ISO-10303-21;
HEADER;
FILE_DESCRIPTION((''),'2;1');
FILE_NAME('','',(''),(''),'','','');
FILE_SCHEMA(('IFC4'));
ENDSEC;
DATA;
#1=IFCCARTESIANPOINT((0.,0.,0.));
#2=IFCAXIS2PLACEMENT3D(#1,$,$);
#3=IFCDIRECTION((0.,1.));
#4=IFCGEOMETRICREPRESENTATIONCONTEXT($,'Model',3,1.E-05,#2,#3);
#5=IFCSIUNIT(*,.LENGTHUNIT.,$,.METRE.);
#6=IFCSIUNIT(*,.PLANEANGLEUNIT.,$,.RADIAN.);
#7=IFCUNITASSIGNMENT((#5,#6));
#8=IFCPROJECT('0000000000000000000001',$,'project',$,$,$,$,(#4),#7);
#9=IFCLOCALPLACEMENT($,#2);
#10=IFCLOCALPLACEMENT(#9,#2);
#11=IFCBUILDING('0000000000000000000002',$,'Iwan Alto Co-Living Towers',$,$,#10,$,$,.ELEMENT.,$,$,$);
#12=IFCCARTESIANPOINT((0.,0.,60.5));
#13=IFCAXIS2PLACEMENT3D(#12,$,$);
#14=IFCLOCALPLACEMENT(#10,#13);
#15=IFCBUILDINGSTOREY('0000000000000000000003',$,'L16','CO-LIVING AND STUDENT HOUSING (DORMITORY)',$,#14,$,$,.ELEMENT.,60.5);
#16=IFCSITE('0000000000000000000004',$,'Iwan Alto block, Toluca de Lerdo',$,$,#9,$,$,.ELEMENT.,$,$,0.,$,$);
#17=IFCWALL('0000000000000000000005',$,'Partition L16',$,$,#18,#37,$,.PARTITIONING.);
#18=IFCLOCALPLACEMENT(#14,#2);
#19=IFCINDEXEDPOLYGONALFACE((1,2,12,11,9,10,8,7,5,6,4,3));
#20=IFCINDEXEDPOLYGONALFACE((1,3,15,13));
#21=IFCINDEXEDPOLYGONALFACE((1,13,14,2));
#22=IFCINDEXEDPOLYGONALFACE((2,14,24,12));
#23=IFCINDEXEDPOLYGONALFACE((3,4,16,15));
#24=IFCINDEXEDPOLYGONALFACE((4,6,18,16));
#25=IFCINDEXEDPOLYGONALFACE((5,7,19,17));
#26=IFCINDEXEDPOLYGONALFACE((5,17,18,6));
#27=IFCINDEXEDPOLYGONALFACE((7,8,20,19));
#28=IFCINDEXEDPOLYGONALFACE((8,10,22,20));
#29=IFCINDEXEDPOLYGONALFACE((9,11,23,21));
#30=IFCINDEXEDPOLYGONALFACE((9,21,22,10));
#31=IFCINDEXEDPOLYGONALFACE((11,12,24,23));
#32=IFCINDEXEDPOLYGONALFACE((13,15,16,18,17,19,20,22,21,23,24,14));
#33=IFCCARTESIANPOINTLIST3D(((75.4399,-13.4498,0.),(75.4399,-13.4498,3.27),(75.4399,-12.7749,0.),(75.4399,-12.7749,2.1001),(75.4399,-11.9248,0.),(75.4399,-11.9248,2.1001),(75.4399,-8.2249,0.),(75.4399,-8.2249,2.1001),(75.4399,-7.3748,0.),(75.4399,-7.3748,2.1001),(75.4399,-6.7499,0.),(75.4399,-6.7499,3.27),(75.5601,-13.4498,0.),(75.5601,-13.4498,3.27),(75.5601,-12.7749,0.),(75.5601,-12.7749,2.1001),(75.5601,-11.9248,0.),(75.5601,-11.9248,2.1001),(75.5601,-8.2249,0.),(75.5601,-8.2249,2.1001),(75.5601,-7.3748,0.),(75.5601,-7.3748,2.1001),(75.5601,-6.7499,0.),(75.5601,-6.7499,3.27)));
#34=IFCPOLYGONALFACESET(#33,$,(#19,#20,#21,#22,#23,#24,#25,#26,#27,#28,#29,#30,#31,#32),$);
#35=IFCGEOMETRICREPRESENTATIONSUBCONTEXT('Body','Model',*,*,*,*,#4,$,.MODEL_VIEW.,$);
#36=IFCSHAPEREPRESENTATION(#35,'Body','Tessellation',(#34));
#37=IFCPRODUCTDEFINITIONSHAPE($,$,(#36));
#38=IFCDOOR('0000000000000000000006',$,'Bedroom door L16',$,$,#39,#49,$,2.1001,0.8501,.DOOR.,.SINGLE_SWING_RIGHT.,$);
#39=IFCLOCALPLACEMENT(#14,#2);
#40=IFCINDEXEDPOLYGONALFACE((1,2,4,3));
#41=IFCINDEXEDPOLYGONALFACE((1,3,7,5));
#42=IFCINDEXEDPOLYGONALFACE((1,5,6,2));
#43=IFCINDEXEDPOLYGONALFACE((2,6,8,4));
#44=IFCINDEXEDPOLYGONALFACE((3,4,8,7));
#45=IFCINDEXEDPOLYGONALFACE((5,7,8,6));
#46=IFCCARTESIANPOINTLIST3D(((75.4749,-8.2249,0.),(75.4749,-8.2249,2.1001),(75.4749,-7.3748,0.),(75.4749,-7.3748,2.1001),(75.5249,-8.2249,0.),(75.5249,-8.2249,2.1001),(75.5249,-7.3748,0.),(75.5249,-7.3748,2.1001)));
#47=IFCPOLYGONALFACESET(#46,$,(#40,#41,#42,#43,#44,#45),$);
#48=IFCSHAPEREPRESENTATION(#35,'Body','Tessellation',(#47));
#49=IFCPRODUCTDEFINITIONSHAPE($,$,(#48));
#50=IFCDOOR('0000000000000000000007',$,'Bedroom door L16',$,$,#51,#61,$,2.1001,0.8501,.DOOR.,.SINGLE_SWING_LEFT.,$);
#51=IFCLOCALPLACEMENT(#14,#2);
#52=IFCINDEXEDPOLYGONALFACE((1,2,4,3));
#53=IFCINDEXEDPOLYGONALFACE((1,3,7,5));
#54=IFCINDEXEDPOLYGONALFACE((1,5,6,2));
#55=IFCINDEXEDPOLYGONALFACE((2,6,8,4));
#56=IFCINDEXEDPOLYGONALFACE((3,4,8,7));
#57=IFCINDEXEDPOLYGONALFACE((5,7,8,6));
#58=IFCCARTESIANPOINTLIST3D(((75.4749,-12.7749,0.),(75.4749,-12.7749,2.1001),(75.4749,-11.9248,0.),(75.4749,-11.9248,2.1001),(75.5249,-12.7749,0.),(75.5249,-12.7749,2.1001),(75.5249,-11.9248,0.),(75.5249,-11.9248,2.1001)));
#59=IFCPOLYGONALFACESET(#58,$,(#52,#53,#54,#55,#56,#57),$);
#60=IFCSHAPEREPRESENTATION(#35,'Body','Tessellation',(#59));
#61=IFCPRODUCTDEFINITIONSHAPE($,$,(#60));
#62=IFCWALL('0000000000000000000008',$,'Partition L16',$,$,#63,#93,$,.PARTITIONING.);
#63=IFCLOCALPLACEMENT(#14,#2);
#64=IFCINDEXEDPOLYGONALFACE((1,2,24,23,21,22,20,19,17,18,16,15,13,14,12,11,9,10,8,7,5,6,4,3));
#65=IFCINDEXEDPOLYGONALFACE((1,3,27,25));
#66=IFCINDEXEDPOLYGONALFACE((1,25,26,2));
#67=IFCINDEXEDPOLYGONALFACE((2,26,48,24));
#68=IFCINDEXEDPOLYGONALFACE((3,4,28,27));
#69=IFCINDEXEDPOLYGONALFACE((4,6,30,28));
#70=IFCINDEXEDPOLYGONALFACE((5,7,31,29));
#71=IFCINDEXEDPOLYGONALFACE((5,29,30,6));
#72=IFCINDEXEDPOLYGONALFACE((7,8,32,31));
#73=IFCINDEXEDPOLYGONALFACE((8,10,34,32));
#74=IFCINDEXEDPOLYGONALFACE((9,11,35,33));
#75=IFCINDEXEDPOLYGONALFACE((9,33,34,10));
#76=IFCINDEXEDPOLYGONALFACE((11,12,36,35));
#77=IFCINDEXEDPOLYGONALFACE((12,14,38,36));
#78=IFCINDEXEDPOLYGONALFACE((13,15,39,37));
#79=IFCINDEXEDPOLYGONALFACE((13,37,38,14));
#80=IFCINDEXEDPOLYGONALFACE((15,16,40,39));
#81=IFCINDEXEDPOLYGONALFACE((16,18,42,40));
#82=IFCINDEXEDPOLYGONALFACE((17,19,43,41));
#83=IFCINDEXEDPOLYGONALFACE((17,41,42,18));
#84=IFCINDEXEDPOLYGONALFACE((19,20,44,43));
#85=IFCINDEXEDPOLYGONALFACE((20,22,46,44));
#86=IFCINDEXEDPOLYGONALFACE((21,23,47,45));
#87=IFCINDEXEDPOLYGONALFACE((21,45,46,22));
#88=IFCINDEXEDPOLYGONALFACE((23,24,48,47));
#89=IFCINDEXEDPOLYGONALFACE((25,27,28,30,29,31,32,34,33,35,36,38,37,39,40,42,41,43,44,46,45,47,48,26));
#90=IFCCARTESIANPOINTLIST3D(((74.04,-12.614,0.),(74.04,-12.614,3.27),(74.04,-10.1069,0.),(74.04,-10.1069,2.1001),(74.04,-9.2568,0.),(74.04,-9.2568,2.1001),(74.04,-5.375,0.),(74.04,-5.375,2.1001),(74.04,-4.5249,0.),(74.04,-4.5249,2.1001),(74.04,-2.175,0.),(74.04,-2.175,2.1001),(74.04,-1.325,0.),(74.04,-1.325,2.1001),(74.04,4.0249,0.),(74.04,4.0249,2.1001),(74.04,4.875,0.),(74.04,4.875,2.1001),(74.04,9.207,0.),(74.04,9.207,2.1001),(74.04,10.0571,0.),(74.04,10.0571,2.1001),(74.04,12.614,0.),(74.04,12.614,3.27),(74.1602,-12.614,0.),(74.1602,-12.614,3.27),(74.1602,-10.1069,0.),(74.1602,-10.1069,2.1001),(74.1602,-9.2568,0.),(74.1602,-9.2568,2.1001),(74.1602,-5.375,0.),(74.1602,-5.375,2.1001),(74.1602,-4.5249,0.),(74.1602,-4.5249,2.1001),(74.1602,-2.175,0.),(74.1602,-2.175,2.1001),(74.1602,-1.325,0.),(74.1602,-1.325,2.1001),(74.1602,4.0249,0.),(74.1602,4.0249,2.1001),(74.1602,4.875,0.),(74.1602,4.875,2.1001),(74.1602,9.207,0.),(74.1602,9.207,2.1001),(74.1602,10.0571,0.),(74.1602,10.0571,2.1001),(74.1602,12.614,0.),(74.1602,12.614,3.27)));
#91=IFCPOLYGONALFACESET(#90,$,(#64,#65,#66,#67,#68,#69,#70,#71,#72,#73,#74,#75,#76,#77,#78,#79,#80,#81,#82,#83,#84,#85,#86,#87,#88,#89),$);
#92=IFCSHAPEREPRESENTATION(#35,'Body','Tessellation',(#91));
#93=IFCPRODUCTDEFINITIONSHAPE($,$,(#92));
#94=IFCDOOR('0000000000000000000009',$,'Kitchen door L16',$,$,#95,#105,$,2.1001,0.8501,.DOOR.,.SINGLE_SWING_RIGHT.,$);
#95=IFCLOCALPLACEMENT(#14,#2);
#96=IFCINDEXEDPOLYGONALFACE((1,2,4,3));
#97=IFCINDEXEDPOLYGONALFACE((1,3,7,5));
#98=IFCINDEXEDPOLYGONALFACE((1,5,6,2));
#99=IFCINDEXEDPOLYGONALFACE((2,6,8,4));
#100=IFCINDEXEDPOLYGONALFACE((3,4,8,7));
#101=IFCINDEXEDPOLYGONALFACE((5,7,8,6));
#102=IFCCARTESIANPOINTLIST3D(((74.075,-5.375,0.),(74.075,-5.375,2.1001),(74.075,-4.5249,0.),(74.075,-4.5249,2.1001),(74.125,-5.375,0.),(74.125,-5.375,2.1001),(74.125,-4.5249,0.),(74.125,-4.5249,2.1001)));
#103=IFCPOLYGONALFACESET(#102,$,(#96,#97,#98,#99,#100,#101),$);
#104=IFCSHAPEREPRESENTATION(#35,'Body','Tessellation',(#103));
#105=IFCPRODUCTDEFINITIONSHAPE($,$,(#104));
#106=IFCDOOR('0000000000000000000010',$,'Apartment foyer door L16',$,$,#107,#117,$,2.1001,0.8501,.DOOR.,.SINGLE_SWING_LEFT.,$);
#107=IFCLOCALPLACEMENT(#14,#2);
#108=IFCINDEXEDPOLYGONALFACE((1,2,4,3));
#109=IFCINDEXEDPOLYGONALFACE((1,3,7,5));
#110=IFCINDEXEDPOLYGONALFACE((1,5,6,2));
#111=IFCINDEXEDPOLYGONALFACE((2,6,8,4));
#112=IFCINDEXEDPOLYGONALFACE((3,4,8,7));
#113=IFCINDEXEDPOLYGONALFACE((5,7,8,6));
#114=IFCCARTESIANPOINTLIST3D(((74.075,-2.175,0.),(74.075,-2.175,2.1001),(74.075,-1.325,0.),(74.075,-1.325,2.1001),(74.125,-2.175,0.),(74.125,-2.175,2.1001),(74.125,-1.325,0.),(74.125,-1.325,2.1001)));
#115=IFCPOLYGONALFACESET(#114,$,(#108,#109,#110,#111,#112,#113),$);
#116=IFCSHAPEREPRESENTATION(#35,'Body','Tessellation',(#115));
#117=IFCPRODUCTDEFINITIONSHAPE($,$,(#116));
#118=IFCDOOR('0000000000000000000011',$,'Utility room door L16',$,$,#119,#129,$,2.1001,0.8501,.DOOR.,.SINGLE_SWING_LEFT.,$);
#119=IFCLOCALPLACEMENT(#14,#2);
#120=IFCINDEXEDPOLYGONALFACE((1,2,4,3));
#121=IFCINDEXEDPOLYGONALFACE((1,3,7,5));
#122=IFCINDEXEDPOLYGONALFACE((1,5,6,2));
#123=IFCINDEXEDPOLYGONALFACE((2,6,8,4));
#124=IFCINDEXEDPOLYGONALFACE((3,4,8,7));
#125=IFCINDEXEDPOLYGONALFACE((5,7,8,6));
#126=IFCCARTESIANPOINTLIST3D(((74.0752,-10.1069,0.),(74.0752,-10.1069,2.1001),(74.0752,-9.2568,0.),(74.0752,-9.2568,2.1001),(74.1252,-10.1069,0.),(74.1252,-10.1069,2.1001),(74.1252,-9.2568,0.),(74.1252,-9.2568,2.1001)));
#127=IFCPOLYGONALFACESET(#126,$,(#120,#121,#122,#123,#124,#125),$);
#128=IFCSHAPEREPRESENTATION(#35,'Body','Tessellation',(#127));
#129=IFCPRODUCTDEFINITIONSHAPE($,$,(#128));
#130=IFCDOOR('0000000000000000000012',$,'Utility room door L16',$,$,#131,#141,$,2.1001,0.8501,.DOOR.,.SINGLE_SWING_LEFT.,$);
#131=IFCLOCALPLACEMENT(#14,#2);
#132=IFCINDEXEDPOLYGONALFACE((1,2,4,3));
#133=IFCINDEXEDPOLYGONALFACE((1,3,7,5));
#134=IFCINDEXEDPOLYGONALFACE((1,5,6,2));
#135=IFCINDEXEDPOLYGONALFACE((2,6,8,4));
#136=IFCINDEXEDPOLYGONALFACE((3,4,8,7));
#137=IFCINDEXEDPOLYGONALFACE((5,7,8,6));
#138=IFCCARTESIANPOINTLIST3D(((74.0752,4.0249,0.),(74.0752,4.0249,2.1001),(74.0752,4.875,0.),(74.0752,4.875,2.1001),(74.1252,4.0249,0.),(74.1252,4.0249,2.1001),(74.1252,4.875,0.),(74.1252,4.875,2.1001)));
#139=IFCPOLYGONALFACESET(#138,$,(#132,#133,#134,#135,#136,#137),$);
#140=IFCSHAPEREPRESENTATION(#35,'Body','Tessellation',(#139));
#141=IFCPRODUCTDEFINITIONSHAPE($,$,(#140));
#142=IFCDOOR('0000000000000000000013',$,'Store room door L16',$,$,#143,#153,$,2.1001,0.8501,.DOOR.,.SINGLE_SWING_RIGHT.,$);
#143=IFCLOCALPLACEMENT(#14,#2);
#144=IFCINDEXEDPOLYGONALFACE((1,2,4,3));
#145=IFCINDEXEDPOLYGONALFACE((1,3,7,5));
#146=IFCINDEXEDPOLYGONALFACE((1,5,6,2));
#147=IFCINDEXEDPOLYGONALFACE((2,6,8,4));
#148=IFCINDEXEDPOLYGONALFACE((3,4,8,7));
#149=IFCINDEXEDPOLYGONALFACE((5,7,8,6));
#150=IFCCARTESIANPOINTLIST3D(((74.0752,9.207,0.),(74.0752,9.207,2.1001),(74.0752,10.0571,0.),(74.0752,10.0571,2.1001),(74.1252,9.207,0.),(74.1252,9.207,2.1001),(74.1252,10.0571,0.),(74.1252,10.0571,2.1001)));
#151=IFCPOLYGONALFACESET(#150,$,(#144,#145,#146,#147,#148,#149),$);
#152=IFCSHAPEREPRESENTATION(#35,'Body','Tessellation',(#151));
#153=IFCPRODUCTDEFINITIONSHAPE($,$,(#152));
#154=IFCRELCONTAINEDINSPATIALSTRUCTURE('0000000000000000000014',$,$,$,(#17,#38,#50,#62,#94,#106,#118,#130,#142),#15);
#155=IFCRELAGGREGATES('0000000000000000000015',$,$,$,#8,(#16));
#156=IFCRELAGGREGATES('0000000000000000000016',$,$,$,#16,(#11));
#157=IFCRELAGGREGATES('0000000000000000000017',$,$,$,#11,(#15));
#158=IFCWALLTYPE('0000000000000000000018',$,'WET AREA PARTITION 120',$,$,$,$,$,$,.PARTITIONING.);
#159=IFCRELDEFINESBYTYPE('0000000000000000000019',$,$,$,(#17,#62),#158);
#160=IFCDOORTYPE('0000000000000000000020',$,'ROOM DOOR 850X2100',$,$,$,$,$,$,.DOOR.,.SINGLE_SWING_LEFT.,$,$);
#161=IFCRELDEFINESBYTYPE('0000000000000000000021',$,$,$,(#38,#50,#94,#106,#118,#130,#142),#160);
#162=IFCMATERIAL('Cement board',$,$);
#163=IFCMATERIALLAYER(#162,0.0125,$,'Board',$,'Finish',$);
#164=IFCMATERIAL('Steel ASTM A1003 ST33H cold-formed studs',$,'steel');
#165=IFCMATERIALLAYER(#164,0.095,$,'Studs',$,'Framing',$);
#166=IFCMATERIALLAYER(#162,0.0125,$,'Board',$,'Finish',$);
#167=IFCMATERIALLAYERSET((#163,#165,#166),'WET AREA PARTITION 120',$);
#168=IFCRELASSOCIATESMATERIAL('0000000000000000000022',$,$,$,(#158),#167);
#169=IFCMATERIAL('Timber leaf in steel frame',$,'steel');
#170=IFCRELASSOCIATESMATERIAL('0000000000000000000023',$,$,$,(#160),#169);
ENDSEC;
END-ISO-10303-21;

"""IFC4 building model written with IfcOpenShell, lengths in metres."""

from ifc_helpers import new_model, si_unit, direction, frame, frame_2d, origin, place, context, subcontext, project, spatial, rectangle, extrude, material, layer, layer_set, type_object, element, fill, save


model = new_model("IFC4")

# Units and contexts
model_context = context("Model", 3, precision=1e-05, world=origin(), true_north=direction((0.0, 1.0)))
body_context = subcontext(model_context, "Body", "Model", "MODEL_VIEW")
ifc_project = project(units=[si_unit("LENGTHUNIT", "METRE"), si_unit("PLANEANGLEUNIT", "RADIAN")], contexts=[model_context])

# Site, building, storey
site_placement = place(None, origin())
site = spatial("IfcSite", under=ifc_project, at=site_placement, Name="Iwan Alto block, Toluca de Lerdo", CompositionType="ELEMENT", RefElevation=0.0)
building_placement = place(site_placement, origin())
building = spatial("IfcBuilding", under=site, at=building_placement, Name="Iwan Alto Co-Living Towers", CompositionType="ELEMENT")
storey_placement = place(building_placement, frame((0.0, 0.0, 60.5)))
storey = spatial("IfcBuildingStorey", under=building, at=storey_placement, Name="L16", Description="CO-LIVING AND STUDENT HOUSING (DORMITORY)", CompositionType="ELEMENT", Elevation=60.5)

# Shared definitions
ifc_material_1 = material(Name="Steel ASTM A1003 ST33H cold-formed studs", Category="steel")
ifc_material_2 = material(Name="Cement board")
ifc_layer_1 = layer(ifc_material_2, 0.0125, Name="Board", Category="Finish")
ifc_layer_2 = layer(ifc_material_1, 0.095, Name="Studs", Category="Framing")
ifc_layer_3 = layer(ifc_material_2, 0.0125, Name="Board", Category="Finish")
ifc_layer_set_1 = layer_set([ifc_layer_1, ifc_layer_2, ifc_layer_3], Name="WET AREA PARTITION 120")
wall_type_1 = type_object("IfcWallType", Name="WET AREA PARTITION 120", PredefinedType="PARTITIONING", material=ifc_layer_set_1)

# Shared definitions
ifc_material_3 = material(Name="Timber leaf in steel frame", Category="steel")
door_type = type_object("IfcDoorType", Name="ROOM DOOR 850X2100", OperationType="SINGLE_SWING_LEFT", PredefinedType="DOOR", material=ifc_material_3)

# Walls, openings, doors
wall_1_placement = place(storey_placement, frame((75.5, -13.45, 0.0), z_axis=(0.0, 0.0, 1.0), x_axis=(0.0, 1.0, 0.0)))
wall_1 = element("IfcWall", 1, at=wall_1_placement, inside=storey, type_object=wall_type_1, Name="Partition L16", PredefinedType="PARTITIONING", context=body_context, shape_type="SweptSolid", body=[
    extrude(rectangle(XDim=6.7, YDim=0.1201, at=frame_2d((3.3501, 0.0))), origin(), (0.0, 0.0, 1.0), 3.27),
])
opening_1_placement = place(wall_1_placement, frame((5.2251, 0.0, 0.0)))
opening_1 = element("IfcOpeningElement", 2, at=opening_1_placement, cuts=wall_1, PredefinedType="OPENING", context=body_context, shape_type="SweptSolid", body=[
    extrude(rectangle(XDim=0.8501, YDim=2.1001, at=frame_2d((0.425, 1.05))), frame((0.0, 0.0701, 0.0), z_axis=(0.0, -1.0, 0.0), x_axis=(1.0, 0.0, 0.0)), (0.0, 0.0, 1.0), 0.1401),
])
opening_2_placement = place(wall_1_placement, frame((0.675, 0.0, 0.0)))
opening_2 = element("IfcOpeningElement", 3, at=opening_2_placement, cuts=wall_1, PredefinedType="OPENING", context=body_context, shape_type="SweptSolid", body=[
    extrude(rectangle(XDim=0.8501, YDim=2.1001, at=frame_2d((0.425, 1.05))), frame((0.0, 0.0701, 0.0), z_axis=(0.0, -1.0, 0.0), x_axis=(1.0, 0.0, 0.0)), (0.0, 0.0, 1.0), 0.1401),
])
door_1_placement = place(opening_1_placement, frame((0.8501, 0.0, 0.0), z_axis=(0.0, 0.0, 1.0), x_axis=(-1.0, 0.0, 0.0)))
door_1 = element("IfcDoor", 4, at=door_1_placement, inside=storey, type_object=door_type, Name="Bedroom door L16", OperationType="SINGLE_SWING_RIGHT", OverallHeight=2.1001, OverallWidth=0.8501, PredefinedType="DOOR", context=body_context, shape_type="SweptSolid", body=[
    extrude(rectangle(XDim=0.8501, YDim=2.1001, at=frame_2d((0.425, 1.05))), frame((0.0, 0.0249, 0.0), z_axis=(0.0, -1.0, 0.0), x_axis=(1.0, 0.0, 0.0)), (0.0, 0.0, 1.0), 0.05),
])
fill(opening_1, door_1)
door_2_placement = place(opening_2_placement, frame((0.8501, 0.0, 0.0), z_axis=(0.0, 0.0, 1.0), x_axis=(-1.0, 0.0, 0.0)))
door_2 = element("IfcDoor", 5, at=door_2_placement, inside=storey, type_object=door_type, Name="Bedroom door L16", OperationType="SINGLE_SWING_LEFT", OverallHeight=2.1001, OverallWidth=0.8501, PredefinedType="DOOR", context=body_context, shape_type="SweptSolid", body=[
    extrude(rectangle(XDim=0.8501, YDim=2.1001, at=frame_2d((0.425, 1.05))), frame((0.0, 0.0249, 0.0), z_axis=(0.0, -1.0, 0.0), x_axis=(1.0, 0.0, 0.0)), (0.0, 0.0, 1.0), 0.05),
])
fill(opening_2, door_2)
wall_2_placement = place(storey_placement, frame((74.1001, -12.614, 0.0), z_axis=(0.0, 0.0, 1.0), x_axis=(0.0, 1.0, 0.0)))
wall_2 = element("IfcWall", 6, at=wall_2_placement, inside=storey, type_object=wall_type_1, Name="Partition L16", PredefinedType="PARTITIONING", context=body_context, shape_type="SweptSolid", body=[
    extrude(rectangle(XDim=25.228, YDim=0.1201, at=frame_2d((12.614, 0.0))), origin(), (0.0, 0.0, 1.0), 3.27),
])
opening_3_placement = place(wall_2_placement, frame((7.239, 0.0, 0.0)))
opening_3 = element("IfcOpeningElement", 7, at=opening_3_placement, cuts=wall_2, PredefinedType="OPENING", context=body_context, shape_type="SweptSolid", body=[
    extrude(rectangle(XDim=0.8501, YDim=2.1001, at=frame_2d((0.425, 1.05))), frame((0.0, 0.0701, 0.0), z_axis=(0.0, -1.0, 0.0), x_axis=(1.0, 0.0, 0.0)), (0.0, 0.0, 1.0), 0.1401),
])
opening_4_placement = place(wall_2_placement, frame((10.439, 0.0, 0.0)))
opening_4 = element("IfcOpeningElement", 8, at=opening_4_placement, cuts=wall_2, PredefinedType="OPENING", context=body_context, shape_type="SweptSolid", body=[
    extrude(rectangle(XDim=0.8501, YDim=2.1001, at=frame_2d((0.425, 1.05))), frame((0.0, 0.0701, 0.0), z_axis=(0.0, -1.0, 0.0), x_axis=(1.0, 0.0, 0.0)), (0.0, 0.0, 1.0), 0.1401),
])
opening_5_placement = place(wall_2_placement, frame((2.5071, 0.0, 0.0)))
opening_5 = element("IfcOpeningElement", 9, at=opening_5_placement, cuts=wall_2, PredefinedType="OPENING", context=body_context, shape_type="SweptSolid", body=[
    extrude(rectangle(XDim=0.8501, YDim=2.1001, at=frame_2d((0.425, 1.05))), frame((0.0, 0.0701, 0.0), z_axis=(0.0, -1.0, 0.0), x_axis=(1.0, 0.0, 0.0)), (0.0, 0.0, 1.0), 0.1401),
])
opening_6_placement = place(wall_2_placement, frame((16.6389, 0.0, 0.0)))
opening_6 = element("IfcOpeningElement", 10, at=opening_6_placement, cuts=wall_2, PredefinedType="OPENING", context=body_context, shape_type="SweptSolid", body=[
    extrude(rectangle(XDim=0.8501, YDim=2.1001, at=frame_2d((0.425, 1.05))), frame((0.0, 0.0701, 0.0), z_axis=(0.0, -1.0, 0.0), x_axis=(1.0, 0.0, 0.0)), (0.0, 0.0, 1.0), 0.1401),
])
opening_7_placement = place(wall_2_placement, frame((21.821, 0.0, 0.0)))
opening_7 = element("IfcOpeningElement", 11, at=opening_7_placement, cuts=wall_2, PredefinedType="OPENING", context=body_context, shape_type="SweptSolid", body=[
    extrude(rectangle(XDim=0.8501, YDim=2.1001, at=frame_2d((0.425, 1.05))), frame((0.0, 0.0701, 0.0), z_axis=(0.0, -1.0, 0.0), x_axis=(1.0, 0.0, 0.0)), (0.0, 0.0, 1.0), 0.1401),
])
door_3_placement = place(opening_3_placement, frame((0.8501, 0.0, 0.0), z_axis=(0.0, 0.0, 1.0), x_axis=(-1.0, 0.0, 0.0)))
door_3 = element("IfcDoor", 12, at=door_3_placement, inside=storey, type_object=door_type, Name="Kitchen door L16", OperationType="SINGLE_SWING_RIGHT", OverallHeight=2.1001, OverallWidth=0.8501, PredefinedType="DOOR", context=body_context, shape_type="SweptSolid", body=[
    extrude(rectangle(XDim=0.8501, YDim=2.1001, at=frame_2d((0.425, 1.05))), frame((0.0, 0.0249, 0.0), z_axis=(0.0, -1.0, 0.0), x_axis=(1.0, 0.0, 0.0)), (0.0, 0.0, 1.0), 0.05),
])
fill(opening_3, door_3)
door_4_placement = place(opening_4_placement, frame((0.8501, 0.0, 0.0), z_axis=(0.0, 0.0, 1.0), x_axis=(-1.0, 0.0, 0.0)))
door_4 = element("IfcDoor", 13, at=door_4_placement, inside=storey, type_object=door_type, Name="Apartment foyer door L16", OperationType="SINGLE_SWING_LEFT", OverallHeight=2.1001, OverallWidth=0.8501, PredefinedType="DOOR", context=body_context, shape_type="SweptSolid", body=[
    extrude(rectangle(XDim=0.8501, YDim=2.1001, at=frame_2d((0.425, 1.05))), frame((0.0, 0.0249, 0.0), z_axis=(0.0, -1.0, 0.0), x_axis=(1.0, 0.0, 0.0)), (0.0, 0.0, 1.0), 0.05),
])
fill(opening_4, door_4)
door_5_placement = place(opening_5_placement, origin())
door_5 = element("IfcDoor", 14, at=door_5_placement, inside=storey, type_object=door_type, Name="Utility room door L16", OperationType="SINGLE_SWING_LEFT", OverallHeight=2.1001, OverallWidth=0.8501, PredefinedType="DOOR", context=body_context, shape_type="SweptSolid", body=[
    extrude(rectangle(XDim=0.8501, YDim=2.1001, at=frame_2d((0.425, 1.05))), frame((0.0, 0.0249, 0.0), z_axis=(0.0, -1.0, 0.0), x_axis=(1.0, 0.0, 0.0)), (0.0, 0.0, 1.0), 0.05),
])
fill(opening_5, door_5)
door_6_placement = place(opening_6_placement, origin())
door_6 = element("IfcDoor", 15, at=door_6_placement, inside=storey, type_object=door_type, Name="Utility room door L16", OperationType="SINGLE_SWING_LEFT", OverallHeight=2.1001, OverallWidth=0.8501, PredefinedType="DOOR", context=body_context, shape_type="SweptSolid", body=[
    extrude(rectangle(XDim=0.8501, YDim=2.1001, at=frame_2d((0.425, 1.05))), frame((0.0, 0.0249, 0.0), z_axis=(0.0, -1.0, 0.0), x_axis=(1.0, 0.0, 0.0)), (0.0, 0.0, 1.0), 0.05),
])
fill(opening_6, door_6)
door_7_placement = place(opening_7_placement, origin())
door_7 = element("IfcDoor", 16, at=door_7_placement, inside=storey, type_object=door_type, Name="Store room door L16", OperationType="SINGLE_SWING_RIGHT", OverallHeight=2.1001, OverallWidth=0.8501, PredefinedType="DOOR", context=body_context, shape_type="SweptSolid", body=[
    extrude(rectangle(XDim=0.8501, YDim=2.1001, at=frame_2d((0.425, 1.05))), frame((0.0, 0.0249, 0.0), z_axis=(0.0, -1.0, 0.0), x_axis=(1.0, 0.0, 0.0)), (0.0, 0.0, 1.0), 0.05),
])
fill(opening_7, door_7)

save(model, "model.ifc")
